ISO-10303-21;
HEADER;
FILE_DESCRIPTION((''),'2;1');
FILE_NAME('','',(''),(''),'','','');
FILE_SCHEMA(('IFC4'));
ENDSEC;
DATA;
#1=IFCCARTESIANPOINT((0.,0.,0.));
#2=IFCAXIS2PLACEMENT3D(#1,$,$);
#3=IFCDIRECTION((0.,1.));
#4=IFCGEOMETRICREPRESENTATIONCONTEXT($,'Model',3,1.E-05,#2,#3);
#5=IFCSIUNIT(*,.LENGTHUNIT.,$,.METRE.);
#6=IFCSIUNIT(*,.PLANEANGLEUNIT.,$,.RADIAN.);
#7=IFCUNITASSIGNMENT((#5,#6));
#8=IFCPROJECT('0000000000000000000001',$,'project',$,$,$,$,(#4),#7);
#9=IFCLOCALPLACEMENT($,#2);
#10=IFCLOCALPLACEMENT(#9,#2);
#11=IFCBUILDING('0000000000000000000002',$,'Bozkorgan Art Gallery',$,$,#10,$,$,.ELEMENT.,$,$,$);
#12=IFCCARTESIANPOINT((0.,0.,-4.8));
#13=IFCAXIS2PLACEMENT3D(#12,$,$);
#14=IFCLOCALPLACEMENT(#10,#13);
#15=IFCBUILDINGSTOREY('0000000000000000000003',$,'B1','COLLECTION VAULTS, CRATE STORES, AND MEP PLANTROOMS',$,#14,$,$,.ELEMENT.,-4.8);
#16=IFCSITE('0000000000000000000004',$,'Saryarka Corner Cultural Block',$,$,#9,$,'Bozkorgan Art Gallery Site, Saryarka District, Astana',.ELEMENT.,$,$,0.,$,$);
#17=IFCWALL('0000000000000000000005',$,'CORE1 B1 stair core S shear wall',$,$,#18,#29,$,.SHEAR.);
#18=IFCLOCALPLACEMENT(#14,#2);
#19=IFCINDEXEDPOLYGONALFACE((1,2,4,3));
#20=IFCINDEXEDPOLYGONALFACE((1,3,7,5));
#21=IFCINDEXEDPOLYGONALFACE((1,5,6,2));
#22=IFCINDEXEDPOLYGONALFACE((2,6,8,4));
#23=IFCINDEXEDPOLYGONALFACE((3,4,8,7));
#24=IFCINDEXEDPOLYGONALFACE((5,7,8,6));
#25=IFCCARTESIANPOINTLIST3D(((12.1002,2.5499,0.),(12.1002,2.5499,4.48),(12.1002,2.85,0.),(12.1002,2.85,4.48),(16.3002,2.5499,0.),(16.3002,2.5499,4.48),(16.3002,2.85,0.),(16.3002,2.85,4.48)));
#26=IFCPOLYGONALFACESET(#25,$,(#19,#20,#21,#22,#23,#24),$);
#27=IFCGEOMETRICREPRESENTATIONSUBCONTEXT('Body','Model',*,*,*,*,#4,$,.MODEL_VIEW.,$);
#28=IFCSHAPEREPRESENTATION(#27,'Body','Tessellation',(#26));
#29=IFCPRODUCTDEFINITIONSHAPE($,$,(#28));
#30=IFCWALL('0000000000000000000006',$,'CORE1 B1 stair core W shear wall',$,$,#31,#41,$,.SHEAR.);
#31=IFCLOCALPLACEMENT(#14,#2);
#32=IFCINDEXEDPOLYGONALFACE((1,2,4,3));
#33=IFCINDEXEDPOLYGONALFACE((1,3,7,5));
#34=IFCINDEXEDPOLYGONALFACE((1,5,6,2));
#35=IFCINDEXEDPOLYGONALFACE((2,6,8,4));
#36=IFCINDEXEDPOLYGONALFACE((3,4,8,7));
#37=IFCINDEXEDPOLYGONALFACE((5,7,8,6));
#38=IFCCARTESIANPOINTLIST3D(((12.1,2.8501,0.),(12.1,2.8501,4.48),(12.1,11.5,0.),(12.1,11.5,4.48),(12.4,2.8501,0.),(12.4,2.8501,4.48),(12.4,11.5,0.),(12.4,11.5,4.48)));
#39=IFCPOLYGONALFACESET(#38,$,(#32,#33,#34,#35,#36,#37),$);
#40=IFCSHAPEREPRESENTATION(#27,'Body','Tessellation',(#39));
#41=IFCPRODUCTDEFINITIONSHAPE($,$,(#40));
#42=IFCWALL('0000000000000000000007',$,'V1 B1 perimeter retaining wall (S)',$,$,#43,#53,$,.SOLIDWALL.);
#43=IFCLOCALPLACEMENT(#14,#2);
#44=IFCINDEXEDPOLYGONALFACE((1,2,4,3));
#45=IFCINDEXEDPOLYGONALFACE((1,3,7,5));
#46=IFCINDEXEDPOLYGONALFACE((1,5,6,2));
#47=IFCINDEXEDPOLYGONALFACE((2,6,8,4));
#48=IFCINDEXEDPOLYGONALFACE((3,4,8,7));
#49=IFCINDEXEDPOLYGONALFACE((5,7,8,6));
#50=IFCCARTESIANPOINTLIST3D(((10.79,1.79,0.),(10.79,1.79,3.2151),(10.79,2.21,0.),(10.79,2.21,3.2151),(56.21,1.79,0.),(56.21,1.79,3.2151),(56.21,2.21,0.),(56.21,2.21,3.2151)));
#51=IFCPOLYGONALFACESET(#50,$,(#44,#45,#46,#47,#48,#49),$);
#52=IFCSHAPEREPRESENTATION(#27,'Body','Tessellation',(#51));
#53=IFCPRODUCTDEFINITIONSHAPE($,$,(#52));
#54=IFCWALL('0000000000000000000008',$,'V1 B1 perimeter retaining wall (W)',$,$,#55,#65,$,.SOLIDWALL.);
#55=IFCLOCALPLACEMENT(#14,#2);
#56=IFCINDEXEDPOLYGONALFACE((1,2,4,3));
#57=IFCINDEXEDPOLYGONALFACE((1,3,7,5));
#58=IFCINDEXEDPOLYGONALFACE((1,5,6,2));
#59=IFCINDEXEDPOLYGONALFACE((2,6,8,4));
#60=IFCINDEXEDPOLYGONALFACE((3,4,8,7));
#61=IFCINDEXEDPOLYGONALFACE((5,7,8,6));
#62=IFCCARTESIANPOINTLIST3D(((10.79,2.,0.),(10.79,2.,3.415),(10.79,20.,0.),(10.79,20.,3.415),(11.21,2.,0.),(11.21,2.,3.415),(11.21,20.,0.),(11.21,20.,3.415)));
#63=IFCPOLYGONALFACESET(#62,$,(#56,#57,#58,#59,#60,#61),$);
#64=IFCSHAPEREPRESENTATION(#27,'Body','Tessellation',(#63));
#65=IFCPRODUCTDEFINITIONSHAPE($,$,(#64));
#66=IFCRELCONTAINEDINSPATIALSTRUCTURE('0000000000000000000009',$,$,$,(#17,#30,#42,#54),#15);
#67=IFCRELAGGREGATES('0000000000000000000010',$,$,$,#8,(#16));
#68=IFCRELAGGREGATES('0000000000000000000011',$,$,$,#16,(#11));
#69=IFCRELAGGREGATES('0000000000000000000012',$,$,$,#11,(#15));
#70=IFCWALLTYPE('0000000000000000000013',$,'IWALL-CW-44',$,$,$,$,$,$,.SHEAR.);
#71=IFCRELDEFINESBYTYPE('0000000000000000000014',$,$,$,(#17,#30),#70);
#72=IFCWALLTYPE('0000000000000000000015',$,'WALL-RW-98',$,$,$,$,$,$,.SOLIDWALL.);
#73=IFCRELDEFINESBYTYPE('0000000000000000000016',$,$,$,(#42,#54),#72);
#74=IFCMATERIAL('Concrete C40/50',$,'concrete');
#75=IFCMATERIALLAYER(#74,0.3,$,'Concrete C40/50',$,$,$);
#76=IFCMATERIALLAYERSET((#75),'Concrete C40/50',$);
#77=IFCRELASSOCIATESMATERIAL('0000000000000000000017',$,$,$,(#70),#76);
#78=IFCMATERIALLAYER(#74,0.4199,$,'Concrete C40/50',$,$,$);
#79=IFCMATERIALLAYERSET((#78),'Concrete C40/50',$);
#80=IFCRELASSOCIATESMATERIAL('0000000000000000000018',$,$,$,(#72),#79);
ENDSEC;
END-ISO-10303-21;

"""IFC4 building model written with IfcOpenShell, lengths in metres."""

from ifc_helpers import new_model, si_unit, direction, frame, frame_2d, origin, place, context, subcontext, project, spatial, rectangle, extrude, material, layer, layer_set, type_object, element, save


model = new_model("IFC4")

# Units and contexts
model_context = context("Model", 3, precision=1e-05, world=origin(), true_north=direction((0.0, 1.0)))
body_context = subcontext(model_context, "Body", "Model", "MODEL_VIEW")
ifc_project = project(units=[si_unit("LENGTHUNIT", "METRE"), si_unit("PLANEANGLEUNIT", "RADIAN")], contexts=[model_context])

# Site, building, storey
site_placement = place(None, origin())
site = spatial("IfcSite", under=ifc_project, at=site_placement, Name="Saryarka Corner Cultural Block", LongName="Bozkorgan Art Gallery Site, Saryarka District, Astana", CompositionType="ELEMENT", RefElevation=0.0)
building_placement = place(site_placement, origin())
building = spatial("IfcBuilding", under=site, at=building_placement, Name="Bozkorgan Art Gallery", CompositionType="ELEMENT")
storey_placement = place(building_placement, frame((0.0, 0.0, -4.8)))
storey = spatial("IfcBuildingStorey", under=building, at=storey_placement, Name="B1", Description="COLLECTION VAULTS, CRATE STORES, AND MEP PLANTROOMS", CompositionType="ELEMENT", Elevation=-4.8)

# Shared definitions
ifc_material_1 = material(Name="Concrete C40/50", Category="concrete")

# Walls
ifc_layer_1 = layer(ifc_material_1, 0.3, Name="Concrete C40/50")
ifc_layer_set_1 = layer_set([ifc_layer_1], Name="Concrete C40/50")
wall_type_1 = type_object("IfcWallType", Name="IWALL-CW-44", PredefinedType="SHEAR", material=ifc_layer_set_1)
wall_1_placement = place(storey_placement, frame((12.1001, 2.7, 0.0), z_axis=(0.0, 0.0, 1.0), x_axis=(1.0, 0.0, 0.0)))
element("IfcWall", 1, at=wall_1_placement, inside=storey, type_object=wall_type_1, Name="CORE1 B1 stair core S shear wall", PredefinedType="SHEAR", context=body_context, shape_type="SweptSolid", body=[
    extrude(rectangle(XDim=4.2, YDim=0.3, at=frame_2d((2.1001, 0.0))), origin(), (0.0, 0.0, 1.0), 4.48),
])
wall_2_placement = place(storey_placement, frame((12.25, 2.8501, 0.0), z_axis=(0.0, 0.0, 1.0), x_axis=(0.0, 1.0, 0.0)))
element("IfcWall", 2, at=wall_2_placement, inside=storey, type_object=wall_type_1, Name="CORE1 B1 stair core W shear wall", PredefinedType="SHEAR", context=body_context, shape_type="SweptSolid", body=[
    extrude(rectangle(XDim=8.6499, YDim=0.3, at=frame_2d((4.325, 0.0))), origin(), (0.0, 0.0, 1.0), 4.48),
])
ifc_layer_2 = layer(ifc_material_1, 0.4199, Name="Concrete C40/50")
ifc_layer_set_2 = layer_set([ifc_layer_2], Name="Concrete C40/50")
wall_type_2 = type_object("IfcWallType", Name="WALL-RW-98", PredefinedType="SOLIDWALL", material=ifc_layer_set_2)
wall_3_placement = place(storey_placement, frame((10.79, 2.0, 0.0), z_axis=(0.0, 0.0, 1.0), x_axis=(1.0, 0.0, 0.0)))
element("IfcWall", 3, at=wall_3_placement, inside=storey, type_object=wall_type_2, Name="V1 B1 perimeter retaining wall (S)", PredefinedType="SOLIDWALL", context=body_context, shape_type="SweptSolid", body=[
    extrude(rectangle(XDim=45.4199, YDim=0.4199, at=frame_2d((22.71, 0.0))), origin(), (0.0, 0.0, 1.0), 3.2151),
])
wall_4_placement = place(storey_placement, frame((11.0, 2.0, 0.0), z_axis=(0.0, 0.0, 1.0), x_axis=(0.0, 1.0, 0.0)))
element("IfcWall", 4, at=wall_4_placement, inside=storey, type_object=wall_type_2, Name="V1 B1 perimeter retaining wall (W)", PredefinedType="SOLIDWALL", context=body_context, shape_type="SweptSolid", body=[
    extrude(rectangle(XDim=18.0, YDim=0.4199, at=frame_2d((9.0, 0.0))), origin(), (0.0, 0.0, 1.0), 3.415),
])

save(model, "model.ifc")
